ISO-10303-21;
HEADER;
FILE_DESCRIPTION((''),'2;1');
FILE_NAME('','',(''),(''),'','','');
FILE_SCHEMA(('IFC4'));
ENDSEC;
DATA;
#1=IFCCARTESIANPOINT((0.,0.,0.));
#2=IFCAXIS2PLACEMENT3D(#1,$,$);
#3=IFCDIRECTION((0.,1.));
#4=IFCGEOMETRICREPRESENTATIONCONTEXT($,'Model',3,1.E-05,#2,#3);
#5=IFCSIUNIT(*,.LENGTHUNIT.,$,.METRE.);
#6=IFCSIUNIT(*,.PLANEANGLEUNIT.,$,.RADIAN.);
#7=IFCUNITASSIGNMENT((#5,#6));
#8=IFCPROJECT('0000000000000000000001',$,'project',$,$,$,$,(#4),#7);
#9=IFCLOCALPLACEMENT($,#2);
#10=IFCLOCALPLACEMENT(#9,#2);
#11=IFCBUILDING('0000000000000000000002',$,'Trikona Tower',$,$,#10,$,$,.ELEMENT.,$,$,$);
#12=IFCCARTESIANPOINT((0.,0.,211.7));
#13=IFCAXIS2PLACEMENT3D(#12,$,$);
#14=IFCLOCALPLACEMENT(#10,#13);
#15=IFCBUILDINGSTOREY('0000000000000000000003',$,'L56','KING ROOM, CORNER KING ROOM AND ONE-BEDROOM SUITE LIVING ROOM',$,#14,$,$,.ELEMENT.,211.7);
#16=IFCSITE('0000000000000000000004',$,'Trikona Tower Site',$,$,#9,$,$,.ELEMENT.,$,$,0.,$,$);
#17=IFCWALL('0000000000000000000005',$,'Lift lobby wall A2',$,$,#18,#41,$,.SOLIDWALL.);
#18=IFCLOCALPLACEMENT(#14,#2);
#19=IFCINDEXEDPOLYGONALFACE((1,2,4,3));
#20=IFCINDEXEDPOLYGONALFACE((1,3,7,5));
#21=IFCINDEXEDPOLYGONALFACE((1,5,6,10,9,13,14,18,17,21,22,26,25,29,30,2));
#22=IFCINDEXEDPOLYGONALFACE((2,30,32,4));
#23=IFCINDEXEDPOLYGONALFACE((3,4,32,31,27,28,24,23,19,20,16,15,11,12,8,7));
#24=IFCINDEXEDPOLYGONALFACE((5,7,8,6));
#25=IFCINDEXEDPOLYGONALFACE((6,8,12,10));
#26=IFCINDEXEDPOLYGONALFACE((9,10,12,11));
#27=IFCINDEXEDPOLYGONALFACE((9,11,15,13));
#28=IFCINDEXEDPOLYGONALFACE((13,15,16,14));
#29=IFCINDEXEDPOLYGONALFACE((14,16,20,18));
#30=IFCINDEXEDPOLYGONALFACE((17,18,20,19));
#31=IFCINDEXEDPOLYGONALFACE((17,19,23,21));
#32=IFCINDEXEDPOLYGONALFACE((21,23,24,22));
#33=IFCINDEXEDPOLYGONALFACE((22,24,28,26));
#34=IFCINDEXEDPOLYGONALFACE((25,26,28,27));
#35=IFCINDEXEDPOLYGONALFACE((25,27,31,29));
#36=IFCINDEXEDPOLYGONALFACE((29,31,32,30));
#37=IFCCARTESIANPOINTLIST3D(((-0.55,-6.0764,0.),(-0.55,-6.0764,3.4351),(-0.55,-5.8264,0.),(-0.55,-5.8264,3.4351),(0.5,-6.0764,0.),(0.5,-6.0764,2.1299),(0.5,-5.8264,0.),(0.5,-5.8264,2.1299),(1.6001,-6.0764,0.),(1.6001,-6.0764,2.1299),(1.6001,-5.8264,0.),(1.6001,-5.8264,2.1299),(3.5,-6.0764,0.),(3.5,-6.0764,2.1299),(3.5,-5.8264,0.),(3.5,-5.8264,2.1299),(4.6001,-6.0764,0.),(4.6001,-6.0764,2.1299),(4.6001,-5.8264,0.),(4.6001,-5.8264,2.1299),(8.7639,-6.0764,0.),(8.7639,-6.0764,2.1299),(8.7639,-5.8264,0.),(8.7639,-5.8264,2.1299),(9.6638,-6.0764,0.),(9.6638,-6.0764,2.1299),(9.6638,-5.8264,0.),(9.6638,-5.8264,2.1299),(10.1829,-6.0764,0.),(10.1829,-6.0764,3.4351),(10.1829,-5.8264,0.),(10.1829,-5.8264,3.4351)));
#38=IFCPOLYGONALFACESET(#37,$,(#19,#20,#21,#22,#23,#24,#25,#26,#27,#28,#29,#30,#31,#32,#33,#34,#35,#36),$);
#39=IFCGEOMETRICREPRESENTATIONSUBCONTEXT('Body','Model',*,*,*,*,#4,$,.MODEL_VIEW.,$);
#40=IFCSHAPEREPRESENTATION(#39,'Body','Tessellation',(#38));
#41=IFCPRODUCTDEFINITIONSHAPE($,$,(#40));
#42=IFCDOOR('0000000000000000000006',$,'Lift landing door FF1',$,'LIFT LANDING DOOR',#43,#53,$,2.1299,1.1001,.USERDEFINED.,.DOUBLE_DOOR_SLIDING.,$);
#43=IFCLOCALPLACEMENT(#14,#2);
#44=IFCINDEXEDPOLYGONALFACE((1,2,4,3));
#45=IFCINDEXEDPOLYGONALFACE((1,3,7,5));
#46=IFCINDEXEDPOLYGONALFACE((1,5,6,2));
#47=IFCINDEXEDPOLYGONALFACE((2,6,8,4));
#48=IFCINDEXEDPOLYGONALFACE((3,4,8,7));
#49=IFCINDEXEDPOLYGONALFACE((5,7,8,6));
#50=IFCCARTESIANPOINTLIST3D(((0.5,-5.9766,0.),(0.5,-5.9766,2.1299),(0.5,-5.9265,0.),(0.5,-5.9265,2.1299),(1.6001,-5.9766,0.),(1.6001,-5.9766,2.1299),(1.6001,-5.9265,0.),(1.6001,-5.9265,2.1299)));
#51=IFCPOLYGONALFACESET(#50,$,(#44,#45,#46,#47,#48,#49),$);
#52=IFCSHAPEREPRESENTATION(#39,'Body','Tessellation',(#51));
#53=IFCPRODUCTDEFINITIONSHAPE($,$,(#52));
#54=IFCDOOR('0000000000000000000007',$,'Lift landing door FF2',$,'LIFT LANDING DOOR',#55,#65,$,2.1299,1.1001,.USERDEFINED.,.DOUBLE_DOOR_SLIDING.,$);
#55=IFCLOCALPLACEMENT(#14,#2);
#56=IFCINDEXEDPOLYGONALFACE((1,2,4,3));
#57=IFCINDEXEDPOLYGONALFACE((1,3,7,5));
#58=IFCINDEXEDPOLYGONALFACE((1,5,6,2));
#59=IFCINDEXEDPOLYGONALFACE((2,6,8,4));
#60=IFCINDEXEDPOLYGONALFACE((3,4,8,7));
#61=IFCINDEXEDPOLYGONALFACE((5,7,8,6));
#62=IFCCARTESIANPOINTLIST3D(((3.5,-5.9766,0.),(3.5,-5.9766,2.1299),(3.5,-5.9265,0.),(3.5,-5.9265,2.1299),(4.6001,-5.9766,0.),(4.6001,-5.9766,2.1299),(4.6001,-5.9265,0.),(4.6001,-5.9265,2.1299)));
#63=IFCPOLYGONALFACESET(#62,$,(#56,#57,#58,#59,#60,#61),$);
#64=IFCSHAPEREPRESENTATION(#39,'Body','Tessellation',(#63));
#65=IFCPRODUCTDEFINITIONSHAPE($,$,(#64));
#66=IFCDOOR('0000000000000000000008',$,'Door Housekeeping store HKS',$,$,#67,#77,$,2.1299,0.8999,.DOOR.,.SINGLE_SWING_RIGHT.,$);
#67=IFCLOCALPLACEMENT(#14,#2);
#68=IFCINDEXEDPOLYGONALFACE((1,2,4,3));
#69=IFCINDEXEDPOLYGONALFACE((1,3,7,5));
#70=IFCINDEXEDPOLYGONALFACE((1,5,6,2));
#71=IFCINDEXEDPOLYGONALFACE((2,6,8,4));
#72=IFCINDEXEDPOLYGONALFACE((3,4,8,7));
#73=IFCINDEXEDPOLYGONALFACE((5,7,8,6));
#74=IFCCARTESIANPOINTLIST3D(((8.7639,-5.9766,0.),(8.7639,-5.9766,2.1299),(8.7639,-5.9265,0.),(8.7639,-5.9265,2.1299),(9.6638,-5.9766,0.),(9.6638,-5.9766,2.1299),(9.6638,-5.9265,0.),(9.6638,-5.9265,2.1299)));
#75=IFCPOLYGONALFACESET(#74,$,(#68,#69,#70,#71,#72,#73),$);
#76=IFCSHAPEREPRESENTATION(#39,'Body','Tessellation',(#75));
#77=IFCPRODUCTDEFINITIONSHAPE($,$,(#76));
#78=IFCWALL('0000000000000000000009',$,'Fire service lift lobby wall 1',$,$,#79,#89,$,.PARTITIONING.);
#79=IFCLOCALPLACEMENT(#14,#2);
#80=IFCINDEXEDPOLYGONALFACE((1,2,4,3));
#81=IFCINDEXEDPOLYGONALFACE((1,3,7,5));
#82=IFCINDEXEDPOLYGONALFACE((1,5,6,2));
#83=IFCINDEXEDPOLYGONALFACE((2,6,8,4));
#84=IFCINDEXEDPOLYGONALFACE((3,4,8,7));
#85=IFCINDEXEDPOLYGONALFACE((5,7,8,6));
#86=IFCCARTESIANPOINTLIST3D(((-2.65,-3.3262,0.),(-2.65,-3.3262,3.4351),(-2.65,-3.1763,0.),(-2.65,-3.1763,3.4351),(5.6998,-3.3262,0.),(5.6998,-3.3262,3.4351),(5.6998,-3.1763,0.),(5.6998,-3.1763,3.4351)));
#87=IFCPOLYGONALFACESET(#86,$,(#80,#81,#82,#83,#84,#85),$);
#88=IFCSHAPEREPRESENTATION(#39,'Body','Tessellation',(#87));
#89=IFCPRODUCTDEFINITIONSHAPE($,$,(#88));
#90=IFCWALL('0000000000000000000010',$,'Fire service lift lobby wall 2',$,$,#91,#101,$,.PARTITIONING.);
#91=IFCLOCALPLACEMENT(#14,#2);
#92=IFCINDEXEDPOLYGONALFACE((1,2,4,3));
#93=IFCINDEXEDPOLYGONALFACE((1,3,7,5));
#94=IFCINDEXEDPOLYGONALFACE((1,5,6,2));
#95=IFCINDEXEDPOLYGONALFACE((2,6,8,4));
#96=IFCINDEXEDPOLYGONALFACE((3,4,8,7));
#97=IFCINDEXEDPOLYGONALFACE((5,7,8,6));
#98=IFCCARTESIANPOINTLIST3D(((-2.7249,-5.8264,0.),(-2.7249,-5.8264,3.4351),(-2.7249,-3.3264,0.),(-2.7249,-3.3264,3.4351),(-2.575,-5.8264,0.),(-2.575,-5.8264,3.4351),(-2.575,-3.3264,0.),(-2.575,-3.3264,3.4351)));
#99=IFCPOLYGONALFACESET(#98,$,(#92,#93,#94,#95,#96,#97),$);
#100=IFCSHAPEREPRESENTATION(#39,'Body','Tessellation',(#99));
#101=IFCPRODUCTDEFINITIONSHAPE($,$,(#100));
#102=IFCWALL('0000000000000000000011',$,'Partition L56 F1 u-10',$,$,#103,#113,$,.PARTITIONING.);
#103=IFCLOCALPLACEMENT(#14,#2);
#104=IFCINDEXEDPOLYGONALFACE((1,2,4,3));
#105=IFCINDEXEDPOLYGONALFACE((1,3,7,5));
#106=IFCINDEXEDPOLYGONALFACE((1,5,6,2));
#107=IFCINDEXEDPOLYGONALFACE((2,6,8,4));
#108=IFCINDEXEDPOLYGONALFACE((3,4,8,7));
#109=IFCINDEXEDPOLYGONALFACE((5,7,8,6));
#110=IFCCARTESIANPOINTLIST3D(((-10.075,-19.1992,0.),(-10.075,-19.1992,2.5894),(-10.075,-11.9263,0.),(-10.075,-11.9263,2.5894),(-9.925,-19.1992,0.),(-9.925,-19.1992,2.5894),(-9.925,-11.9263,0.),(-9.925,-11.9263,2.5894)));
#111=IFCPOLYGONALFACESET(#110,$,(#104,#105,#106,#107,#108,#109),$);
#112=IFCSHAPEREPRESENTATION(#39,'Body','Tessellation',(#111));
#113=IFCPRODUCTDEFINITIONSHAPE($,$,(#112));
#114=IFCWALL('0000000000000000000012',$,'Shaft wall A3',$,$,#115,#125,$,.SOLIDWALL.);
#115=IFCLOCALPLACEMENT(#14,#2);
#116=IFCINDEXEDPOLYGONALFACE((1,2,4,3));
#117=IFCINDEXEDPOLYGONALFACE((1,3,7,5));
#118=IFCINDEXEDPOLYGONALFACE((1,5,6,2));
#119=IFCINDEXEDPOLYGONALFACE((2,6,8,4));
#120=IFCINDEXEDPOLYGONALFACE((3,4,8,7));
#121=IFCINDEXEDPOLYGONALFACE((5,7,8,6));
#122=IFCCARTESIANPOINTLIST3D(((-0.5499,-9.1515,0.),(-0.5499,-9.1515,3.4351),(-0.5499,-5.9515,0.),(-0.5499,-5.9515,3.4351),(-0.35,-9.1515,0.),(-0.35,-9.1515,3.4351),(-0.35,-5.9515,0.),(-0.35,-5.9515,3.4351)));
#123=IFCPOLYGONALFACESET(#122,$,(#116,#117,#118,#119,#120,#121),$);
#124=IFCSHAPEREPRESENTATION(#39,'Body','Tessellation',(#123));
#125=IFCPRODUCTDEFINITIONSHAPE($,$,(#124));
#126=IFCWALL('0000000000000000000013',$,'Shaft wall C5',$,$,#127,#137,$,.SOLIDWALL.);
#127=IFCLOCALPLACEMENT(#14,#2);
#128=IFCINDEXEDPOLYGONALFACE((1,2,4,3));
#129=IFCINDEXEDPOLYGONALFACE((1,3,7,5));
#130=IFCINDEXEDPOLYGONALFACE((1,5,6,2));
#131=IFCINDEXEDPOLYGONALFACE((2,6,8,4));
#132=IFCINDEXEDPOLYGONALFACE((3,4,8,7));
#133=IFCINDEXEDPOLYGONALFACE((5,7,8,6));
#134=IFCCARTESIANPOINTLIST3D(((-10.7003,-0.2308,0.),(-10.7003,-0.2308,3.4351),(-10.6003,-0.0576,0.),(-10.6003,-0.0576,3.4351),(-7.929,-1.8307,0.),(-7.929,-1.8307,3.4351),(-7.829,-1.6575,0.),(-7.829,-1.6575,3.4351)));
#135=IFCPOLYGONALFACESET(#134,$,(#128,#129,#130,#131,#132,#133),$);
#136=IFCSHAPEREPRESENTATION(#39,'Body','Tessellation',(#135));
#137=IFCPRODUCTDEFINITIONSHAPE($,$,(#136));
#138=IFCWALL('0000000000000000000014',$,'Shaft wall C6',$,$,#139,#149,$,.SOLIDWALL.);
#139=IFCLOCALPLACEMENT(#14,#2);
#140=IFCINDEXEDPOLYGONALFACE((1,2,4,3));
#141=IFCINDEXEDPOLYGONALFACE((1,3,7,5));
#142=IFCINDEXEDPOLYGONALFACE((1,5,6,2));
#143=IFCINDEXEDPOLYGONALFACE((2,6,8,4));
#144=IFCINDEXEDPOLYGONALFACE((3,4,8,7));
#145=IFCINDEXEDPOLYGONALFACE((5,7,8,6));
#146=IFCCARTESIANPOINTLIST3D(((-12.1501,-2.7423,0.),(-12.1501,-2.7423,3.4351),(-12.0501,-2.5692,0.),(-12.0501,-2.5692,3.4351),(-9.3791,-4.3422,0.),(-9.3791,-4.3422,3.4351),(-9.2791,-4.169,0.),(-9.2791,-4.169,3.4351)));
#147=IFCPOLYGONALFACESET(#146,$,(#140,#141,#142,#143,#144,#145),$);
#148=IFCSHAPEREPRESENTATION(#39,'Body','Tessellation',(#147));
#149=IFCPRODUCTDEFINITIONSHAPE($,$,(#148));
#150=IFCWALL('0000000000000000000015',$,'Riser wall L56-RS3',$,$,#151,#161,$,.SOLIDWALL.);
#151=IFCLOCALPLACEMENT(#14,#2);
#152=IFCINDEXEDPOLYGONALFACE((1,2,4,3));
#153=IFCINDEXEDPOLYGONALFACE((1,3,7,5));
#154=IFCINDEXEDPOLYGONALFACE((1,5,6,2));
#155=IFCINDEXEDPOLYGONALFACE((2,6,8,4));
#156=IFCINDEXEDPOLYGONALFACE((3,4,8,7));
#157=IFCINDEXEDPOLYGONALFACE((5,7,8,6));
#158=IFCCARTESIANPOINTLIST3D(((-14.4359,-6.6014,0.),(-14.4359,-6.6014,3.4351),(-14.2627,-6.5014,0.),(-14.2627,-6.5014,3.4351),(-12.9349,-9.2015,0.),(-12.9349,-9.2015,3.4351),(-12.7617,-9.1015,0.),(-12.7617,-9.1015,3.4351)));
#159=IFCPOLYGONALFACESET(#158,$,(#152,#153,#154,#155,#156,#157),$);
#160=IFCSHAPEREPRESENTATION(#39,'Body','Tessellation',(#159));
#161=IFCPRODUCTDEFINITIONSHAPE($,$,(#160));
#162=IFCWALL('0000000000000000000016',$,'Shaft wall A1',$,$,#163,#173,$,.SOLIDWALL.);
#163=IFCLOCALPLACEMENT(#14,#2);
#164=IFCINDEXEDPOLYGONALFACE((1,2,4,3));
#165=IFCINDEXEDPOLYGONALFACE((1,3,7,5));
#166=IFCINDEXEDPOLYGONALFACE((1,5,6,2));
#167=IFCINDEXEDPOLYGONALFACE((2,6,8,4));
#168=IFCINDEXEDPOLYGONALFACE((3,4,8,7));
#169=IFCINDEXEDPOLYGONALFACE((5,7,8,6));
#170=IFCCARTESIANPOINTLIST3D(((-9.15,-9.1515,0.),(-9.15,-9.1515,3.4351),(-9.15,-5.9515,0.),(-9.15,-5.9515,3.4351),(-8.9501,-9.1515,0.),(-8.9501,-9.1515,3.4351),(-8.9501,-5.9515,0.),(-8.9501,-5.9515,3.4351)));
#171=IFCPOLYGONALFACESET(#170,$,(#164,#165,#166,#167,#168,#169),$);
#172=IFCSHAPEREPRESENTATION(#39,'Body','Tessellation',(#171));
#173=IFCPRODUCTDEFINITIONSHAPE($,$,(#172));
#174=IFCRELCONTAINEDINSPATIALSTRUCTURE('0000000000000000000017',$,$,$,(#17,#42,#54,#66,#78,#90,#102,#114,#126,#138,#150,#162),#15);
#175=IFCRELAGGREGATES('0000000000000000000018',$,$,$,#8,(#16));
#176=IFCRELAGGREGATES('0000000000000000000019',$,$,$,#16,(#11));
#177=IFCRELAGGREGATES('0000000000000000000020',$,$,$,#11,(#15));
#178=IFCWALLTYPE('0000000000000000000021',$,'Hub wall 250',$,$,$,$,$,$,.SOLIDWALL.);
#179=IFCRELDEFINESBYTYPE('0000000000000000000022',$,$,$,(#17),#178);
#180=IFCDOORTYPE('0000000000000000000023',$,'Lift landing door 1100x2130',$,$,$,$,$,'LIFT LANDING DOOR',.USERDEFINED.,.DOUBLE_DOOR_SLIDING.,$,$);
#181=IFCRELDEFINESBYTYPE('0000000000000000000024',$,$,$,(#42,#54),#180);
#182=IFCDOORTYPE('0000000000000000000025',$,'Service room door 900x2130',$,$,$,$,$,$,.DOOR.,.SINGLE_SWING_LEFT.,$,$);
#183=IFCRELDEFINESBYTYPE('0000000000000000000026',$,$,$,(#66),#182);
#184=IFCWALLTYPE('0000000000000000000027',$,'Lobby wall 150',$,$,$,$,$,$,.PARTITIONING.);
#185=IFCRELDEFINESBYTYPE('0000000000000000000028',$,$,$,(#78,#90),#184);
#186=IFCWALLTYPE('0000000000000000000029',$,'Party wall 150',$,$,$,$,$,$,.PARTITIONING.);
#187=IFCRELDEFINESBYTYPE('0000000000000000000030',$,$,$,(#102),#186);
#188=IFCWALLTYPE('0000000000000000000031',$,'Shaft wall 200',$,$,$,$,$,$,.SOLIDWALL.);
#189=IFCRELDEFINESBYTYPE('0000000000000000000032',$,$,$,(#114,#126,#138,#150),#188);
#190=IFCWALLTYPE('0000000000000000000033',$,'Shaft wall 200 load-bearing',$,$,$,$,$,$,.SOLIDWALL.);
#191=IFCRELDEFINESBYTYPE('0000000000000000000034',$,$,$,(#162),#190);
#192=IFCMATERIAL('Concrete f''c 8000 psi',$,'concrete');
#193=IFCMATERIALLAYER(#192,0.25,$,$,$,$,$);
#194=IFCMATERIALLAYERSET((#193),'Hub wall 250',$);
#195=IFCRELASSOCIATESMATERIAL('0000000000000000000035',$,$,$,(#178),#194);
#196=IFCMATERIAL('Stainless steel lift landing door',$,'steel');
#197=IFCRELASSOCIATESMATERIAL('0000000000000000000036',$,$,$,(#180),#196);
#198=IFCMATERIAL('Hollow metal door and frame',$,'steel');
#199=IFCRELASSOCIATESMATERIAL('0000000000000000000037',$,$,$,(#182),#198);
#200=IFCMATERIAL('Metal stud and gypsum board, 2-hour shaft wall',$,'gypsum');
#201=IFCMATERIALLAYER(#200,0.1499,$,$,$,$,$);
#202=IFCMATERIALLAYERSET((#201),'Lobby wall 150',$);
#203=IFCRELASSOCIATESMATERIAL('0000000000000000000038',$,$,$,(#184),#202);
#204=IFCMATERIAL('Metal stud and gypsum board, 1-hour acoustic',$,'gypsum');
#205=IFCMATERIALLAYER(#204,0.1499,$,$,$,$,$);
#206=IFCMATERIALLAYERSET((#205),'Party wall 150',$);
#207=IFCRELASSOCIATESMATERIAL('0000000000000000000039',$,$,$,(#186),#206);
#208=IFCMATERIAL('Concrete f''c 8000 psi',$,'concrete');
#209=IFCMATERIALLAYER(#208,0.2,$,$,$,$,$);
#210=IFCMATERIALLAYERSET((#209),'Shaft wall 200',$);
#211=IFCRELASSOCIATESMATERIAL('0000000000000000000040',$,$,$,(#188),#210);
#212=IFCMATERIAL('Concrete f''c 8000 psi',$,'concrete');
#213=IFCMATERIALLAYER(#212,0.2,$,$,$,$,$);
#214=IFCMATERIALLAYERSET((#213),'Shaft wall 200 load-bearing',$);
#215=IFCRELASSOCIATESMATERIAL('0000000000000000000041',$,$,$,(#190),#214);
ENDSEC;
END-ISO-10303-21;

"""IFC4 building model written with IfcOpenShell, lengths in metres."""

from ifc_helpers import new_model, si_unit, direction, frame, frame_2d, origin, place, context, subcontext, project, spatial, rectangle, extrude, material, layer, layer_set, type_object, element, fill, save


model = new_model("IFC4")

# Units and contexts
model_context = context("Model", 3, precision=1e-05, world=origin(), true_north=direction((0.0, 1.0)))
body_context = subcontext(model_context, "Body", "Model", "MODEL_VIEW")
ifc_project = project(units=[si_unit("LENGTHUNIT", "METRE"), si_unit("PLANEANGLEUNIT", "RADIAN")], contexts=[model_context])

# Site, building, storey
site_placement = place(None, origin())
site = spatial("IfcSite", under=ifc_project, at=site_placement, Name="Trikona Tower Site", CompositionType="ELEMENT", RefElevation=0.0)
building_placement = place(site_placement, origin())
building = spatial("IfcBuilding", under=site, at=building_placement, Name="Trikona Tower", CompositionType="ELEMENT")
storey_placement = place(building_placement, frame((0.0, 0.0, 211.7)))
storey = spatial("IfcBuildingStorey", under=building, at=storey_placement, Name="L56", Description="KING ROOM, CORNER KING ROOM AND ONE-BEDROOM SUITE LIVING ROOM", CompositionType="ELEMENT", Elevation=211.7)

# Shared definitions
ifc_material_1 = material(Name="Concrete f'c 8000 psi", Category="concrete")
ifc_layer_1 = layer(ifc_material_1, 0.25)
ifc_layer_set_1 = layer_set([ifc_layer_1], Name="Hub wall 250")
wall_type_1 = type_object("IfcWallType", Name="Hub wall 250", PredefinedType="SOLIDWALL", material=ifc_layer_set_1)

# Wall, openings, doors
wall_1_placement = place(storey_placement, frame((-0.55, -5.9514, 0.0), z_axis=(0.0, 0.0, 1.0), x_axis=(1.0, 0.0, 0.0)))
wall_1 = element("IfcWall", 1, at=wall_1_placement, inside=storey, type_object=wall_type_1, Name="Lift lobby wall A2", PredefinedType="SOLIDWALL", context=body_context, shape_type="SweptSolid", body=[
    extrude(rectangle(XDim=10.7329, YDim=0.25, at=frame_2d((5.3665, 0.0))), origin(), (0.0, 0.0, 1.0), 3.4351),
])
opening_1_placement = place(wall_1_placement, frame((9.314, 0.0, 0.0)))
opening_1 = element("IfcOpeningElement", 2, at=opening_1_placement, cuts=wall_1, PredefinedType="OPENING", context=body_context, shape_type="SweptSolid", body=[
    extrude(rectangle(XDim=0.8999, YDim=2.1299, at=frame_2d((0.45, 1.0649))), frame((0.0, 0.135, 0.0), z_axis=(0.0, -1.0, 0.0), x_axis=(1.0, 0.0, 0.0)), (0.0, 0.0, 1.0), 0.27),
])
opening_2_placement = place(wall_1_placement, frame((1.05, 0.0, 0.0)))
opening_2 = element("IfcOpeningElement", 3, at=opening_2_placement, cuts=wall_1, PredefinedType="OPENING", context=body_context, shape_type="SweptSolid", body=[
    extrude(rectangle(XDim=1.1001, YDim=2.1299, at=frame_2d((0.55, 1.0649))), frame((0.0, 0.135, 0.0), z_axis=(0.0, -1.0, 0.0), x_axis=(1.0, 0.0, 0.0)), (0.0, 0.0, 1.0), 0.27),
])
opening_3_placement = place(wall_1_placement, frame((4.05, 0.0, 0.0)))
opening_3 = element("IfcOpeningElement", 4, at=opening_3_placement, cuts=wall_1, PredefinedType="OPENING", context=body_context, shape_type="SweptSolid", body=[
    extrude(rectangle(XDim=1.1001, YDim=2.1299, at=frame_2d((0.55, 1.0649))), frame((0.0, 0.135, 0.0), z_axis=(0.0, -1.0, 0.0), x_axis=(1.0, 0.0, 0.0)), (0.0, 0.0, 1.0), 0.27),
])
ifc_material_2 = material(Name="Stainless steel lift landing door", Category="steel")
door_type_1 = type_object("IfcDoorType", Name="Lift landing door 1100x2130", ElementType="LIFT LANDING DOOR", OperationType="DOUBLE_DOOR_SLIDING", PredefinedType="USERDEFINED", material=ifc_material_2)
door_1_placement = place(opening_2_placement, origin())
door_1 = element("IfcDoor", 5, at=door_1_placement, inside=storey, type_object=door_type_1, Name="Lift landing door FF1", ObjectType="LIFT LANDING DOOR", OperationType="DOUBLE_DOOR_SLIDING", OverallHeight=2.1299, OverallWidth=1.1001, PredefinedType="USERDEFINED", context=body_context, shape_type="SweptSolid", body=[
    extrude(rectangle(XDim=1.1001, YDim=2.1299, at=frame_2d((0.55, 1.0649))), frame((0.0, 0.0249, 0.0), z_axis=(0.0, -1.0, 0.0), x_axis=(1.0, 0.0, 0.0)), (0.0, 0.0, 1.0), 0.05),
])
fill(opening_2, door_1)
door_2_placement = place(opening_3_placement, origin())
door_2 = element("IfcDoor", 6, at=door_2_placement, inside=storey, type_object=door_type_1, Name="Lift landing door FF2", ObjectType="LIFT LANDING DOOR", OperationType="DOUBLE_DOOR_SLIDING", OverallHeight=2.1299, OverallWidth=1.1001, PredefinedType="USERDEFINED", context=body_context, shape_type="SweptSolid", body=[
    extrude(rectangle(XDim=1.1001, YDim=2.1299, at=frame_2d((0.55, 1.0649))), frame((0.0, 0.0249, 0.0), z_axis=(0.0, -1.0, 0.0), x_axis=(1.0, 0.0, 0.0)), (0.0, 0.0, 1.0), 0.05),
])
fill(opening_3, door_2)
ifc_material_3 = material(Name="Hollow metal door and frame", Category="steel")
door_type_2 = type_object("IfcDoorType", Name="Service room door 900x2130", OperationType="SINGLE_SWING_LEFT", PredefinedType="DOOR", material=ifc_material_3)
door_3_placement = place(opening_1_placement, origin())
door_3 = element("IfcDoor", 7, at=door_3_placement, inside=storey, type_object=door_type_2, Name="Door Housekeeping store HKS", OperationType="SINGLE_SWING_RIGHT", OverallHeight=2.1299, OverallWidth=0.8999, PredefinedType="DOOR", context=body_context, shape_type="SweptSolid", body=[
    extrude(rectangle(XDim=0.8999, YDim=2.1299, at=frame_2d((0.45, 1.0649))), frame((0.0, 0.0249, 0.0), z_axis=(0.0, -1.0, 0.0), x_axis=(1.0, 0.0, 0.0)), (0.0, 0.0, 1.0), 0.05),
])
fill(opening_1, door_3)

# Walls
ifc_material_4 = material(Name="Metal stud and gypsum board, 2-hour shaft wall", Category="gypsum")
ifc_layer_2 = layer(ifc_material_4, 0.1499)
ifc_layer_set_2 = layer_set([ifc_layer_2], Name="Lobby wall 150")
wall_type_2 = type_object("IfcWallType", Name="Lobby wall 150", PredefinedType="PARTITIONING", material=ifc_layer_set_2)
wall_2_placement = place(storey_placement, frame((-2.6499, -3.2512, 0.0), z_axis=(0.0, 0.0, 1.0), x_axis=(1.0, 0.0, 0.0)))
element("IfcWall", 8, at=wall_2_placement, inside=storey, type_object=wall_type_2, Name="Fire service lift lobby wall 1", PredefinedType="PARTITIONING", context=body_context, shape_type="SweptSolid", body=[
    extrude(rectangle(XDim=8.3499, YDim=0.1499, at=frame_2d((4.1748, 0.0))), origin(), (0.0, 0.0, 1.0), 3.4351),
])
wall_3_placement = place(storey_placement, frame((-2.6499, -5.8264, 0.0), z_axis=(0.0, 0.0, 1.0), x_axis=(0.0, 1.0, 0.0)))
element("IfcWall", 9, at=wall_3_placement, inside=storey, type_object=wall_type_2, Name="Fire service lift lobby wall 2", PredefinedType="PARTITIONING", context=body_context, shape_type="SweptSolid", body=[
    extrude(rectangle(XDim=2.5, YDim=0.1499, at=frame_2d((1.25, 0.0))), origin(), (0.0, 0.0, 1.0), 3.4351),
])
ifc_material_5 = material(Name="Metal stud and gypsum board, 1-hour acoustic", Category="gypsum")
ifc_layer_3 = layer(ifc_material_5, 0.1499)
ifc_layer_set_3 = layer_set([ifc_layer_3], Name="Party wall 150")
wall_type_3 = type_object("IfcWallType", Name="Party wall 150", PredefinedType="PARTITIONING", material=ifc_layer_set_3)
wall_4_placement = place(storey_placement, frame((-10.0, -11.9263, 0.0), z_axis=(0.0, 0.0, 1.0), x_axis=(0.0, -1.0, 0.0)))
element("IfcWall", 10, at=wall_4_placement, inside=storey, type_object=wall_type_3, Name="Partition L56 F1 u-10", PredefinedType="PARTITIONING", context=body_context, shape_type="SweptSolid", body=[
    extrude(rectangle(XDim=7.2729, YDim=0.1499, at=frame_2d((3.6365, 0.0))), origin(), (0.0, 0.0, 1.0), 2.5894),
])
ifc_material_6 = material(Name="Concrete f'c 8000 psi", Category="concrete")
ifc_layer_4 = layer(ifc_material_6, 0.2)
ifc_layer_set_4 = layer_set([ifc_layer_4], Name="Shaft wall 200")
wall_type_4 = type_object("IfcWallType", Name="Shaft wall 200", PredefinedType="SOLIDWALL", material=ifc_layer_set_4)
for number, where, z_axis, x_axis, name in (
    (11, (-0.45, -5.9514, 0.0), (0.0, 0.0, 1.0), (0.0, -1.0, 0.0), "Shaft wall A3"),
    (12, (-7.8789, -1.7441, 0.0), (0.0, 0.0, 1.0), (-0.866042, 0.499971, 0.0), "Shaft wall C5"),
):
    element("IfcWall", number, at=place(storey_placement, frame(where, z_axis=z_axis, x_axis=x_axis)), inside=storey, type_object=wall_type_4, Name=name, PredefinedType="SOLIDWALL", context=body_context, shape_type="SweptSolid", body=[
        extrude(rectangle(XDim=3.2, YDim=0.2, at=frame_2d((1.6001, 0.0))), origin(), (0.0, 0.0, 1.0), 3.4351),
    ])
wall_5_placement = place(storey_placement, frame((-9.3291, -4.2556, 0.0), z_axis=(0.0, 0.0, 1.0), x_axis=(-0.866023, 0.500004, 0.0)))
element("IfcWall", 13, at=wall_5_placement, inside=storey, type_object=wall_type_4, Name="Shaft wall C6", PredefinedType="SOLIDWALL", context=body_context, shape_type="SweptSolid", body=[
    extrude(rectangle(XDim=3.1997, YDim=0.2, at=frame_2d((1.5999, 0.0))), origin(), (0.0, 0.0, 1.0), 3.4351),
])
wall_6_placement = place(storey_placement, frame((-12.8484, -9.1514, 0.0), z_axis=(0.0, 0.0, 1.0), x_axis=(-0.499952, 0.866053, 0.0)))
element("IfcWall", 14, at=wall_6_placement, inside=storey, type_object=wall_type_4, Name="Riser wall L56-RS3", PredefinedType="SOLIDWALL", context=body_context, shape_type="SweptSolid", body=[
    extrude(rectangle(XDim=3.0022, YDim=0.2, at=frame_2d((1.501, 0.0))), origin(), (0.0, 0.0, 1.0), 3.4351),
])
ifc_material_7 = material(Name="Concrete f'c 8000 psi", Category="concrete")
ifc_layer_5 = layer(ifc_material_7, 0.2)
ifc_layer_set_5 = layer_set([ifc_layer_5], Name="Shaft wall 200 load-bearing")
wall_type_5 = type_object("IfcWallType", Name="Shaft wall 200 load-bearing", PredefinedType="SOLIDWALL", material=ifc_layer_set_5)
wall_7_placement = place(storey_placement, frame((-9.05, -5.9514, 0.0), z_axis=(0.0, 0.0, 1.0), x_axis=(0.0, -1.0, 0.0)))
element("IfcWall", 15, at=wall_7_placement, inside=storey, type_object=wall_type_5, Name="Shaft wall A1", PredefinedType="SOLIDWALL", context=body_context, shape_type="SweptSolid", body=[
    extrude(rectangle(XDim=3.2, YDim=0.2, at=frame_2d((1.6001, 0.0))), origin(), (0.0, 0.0, 1.0), 3.4351),
])

save(model, "model.ifc")
